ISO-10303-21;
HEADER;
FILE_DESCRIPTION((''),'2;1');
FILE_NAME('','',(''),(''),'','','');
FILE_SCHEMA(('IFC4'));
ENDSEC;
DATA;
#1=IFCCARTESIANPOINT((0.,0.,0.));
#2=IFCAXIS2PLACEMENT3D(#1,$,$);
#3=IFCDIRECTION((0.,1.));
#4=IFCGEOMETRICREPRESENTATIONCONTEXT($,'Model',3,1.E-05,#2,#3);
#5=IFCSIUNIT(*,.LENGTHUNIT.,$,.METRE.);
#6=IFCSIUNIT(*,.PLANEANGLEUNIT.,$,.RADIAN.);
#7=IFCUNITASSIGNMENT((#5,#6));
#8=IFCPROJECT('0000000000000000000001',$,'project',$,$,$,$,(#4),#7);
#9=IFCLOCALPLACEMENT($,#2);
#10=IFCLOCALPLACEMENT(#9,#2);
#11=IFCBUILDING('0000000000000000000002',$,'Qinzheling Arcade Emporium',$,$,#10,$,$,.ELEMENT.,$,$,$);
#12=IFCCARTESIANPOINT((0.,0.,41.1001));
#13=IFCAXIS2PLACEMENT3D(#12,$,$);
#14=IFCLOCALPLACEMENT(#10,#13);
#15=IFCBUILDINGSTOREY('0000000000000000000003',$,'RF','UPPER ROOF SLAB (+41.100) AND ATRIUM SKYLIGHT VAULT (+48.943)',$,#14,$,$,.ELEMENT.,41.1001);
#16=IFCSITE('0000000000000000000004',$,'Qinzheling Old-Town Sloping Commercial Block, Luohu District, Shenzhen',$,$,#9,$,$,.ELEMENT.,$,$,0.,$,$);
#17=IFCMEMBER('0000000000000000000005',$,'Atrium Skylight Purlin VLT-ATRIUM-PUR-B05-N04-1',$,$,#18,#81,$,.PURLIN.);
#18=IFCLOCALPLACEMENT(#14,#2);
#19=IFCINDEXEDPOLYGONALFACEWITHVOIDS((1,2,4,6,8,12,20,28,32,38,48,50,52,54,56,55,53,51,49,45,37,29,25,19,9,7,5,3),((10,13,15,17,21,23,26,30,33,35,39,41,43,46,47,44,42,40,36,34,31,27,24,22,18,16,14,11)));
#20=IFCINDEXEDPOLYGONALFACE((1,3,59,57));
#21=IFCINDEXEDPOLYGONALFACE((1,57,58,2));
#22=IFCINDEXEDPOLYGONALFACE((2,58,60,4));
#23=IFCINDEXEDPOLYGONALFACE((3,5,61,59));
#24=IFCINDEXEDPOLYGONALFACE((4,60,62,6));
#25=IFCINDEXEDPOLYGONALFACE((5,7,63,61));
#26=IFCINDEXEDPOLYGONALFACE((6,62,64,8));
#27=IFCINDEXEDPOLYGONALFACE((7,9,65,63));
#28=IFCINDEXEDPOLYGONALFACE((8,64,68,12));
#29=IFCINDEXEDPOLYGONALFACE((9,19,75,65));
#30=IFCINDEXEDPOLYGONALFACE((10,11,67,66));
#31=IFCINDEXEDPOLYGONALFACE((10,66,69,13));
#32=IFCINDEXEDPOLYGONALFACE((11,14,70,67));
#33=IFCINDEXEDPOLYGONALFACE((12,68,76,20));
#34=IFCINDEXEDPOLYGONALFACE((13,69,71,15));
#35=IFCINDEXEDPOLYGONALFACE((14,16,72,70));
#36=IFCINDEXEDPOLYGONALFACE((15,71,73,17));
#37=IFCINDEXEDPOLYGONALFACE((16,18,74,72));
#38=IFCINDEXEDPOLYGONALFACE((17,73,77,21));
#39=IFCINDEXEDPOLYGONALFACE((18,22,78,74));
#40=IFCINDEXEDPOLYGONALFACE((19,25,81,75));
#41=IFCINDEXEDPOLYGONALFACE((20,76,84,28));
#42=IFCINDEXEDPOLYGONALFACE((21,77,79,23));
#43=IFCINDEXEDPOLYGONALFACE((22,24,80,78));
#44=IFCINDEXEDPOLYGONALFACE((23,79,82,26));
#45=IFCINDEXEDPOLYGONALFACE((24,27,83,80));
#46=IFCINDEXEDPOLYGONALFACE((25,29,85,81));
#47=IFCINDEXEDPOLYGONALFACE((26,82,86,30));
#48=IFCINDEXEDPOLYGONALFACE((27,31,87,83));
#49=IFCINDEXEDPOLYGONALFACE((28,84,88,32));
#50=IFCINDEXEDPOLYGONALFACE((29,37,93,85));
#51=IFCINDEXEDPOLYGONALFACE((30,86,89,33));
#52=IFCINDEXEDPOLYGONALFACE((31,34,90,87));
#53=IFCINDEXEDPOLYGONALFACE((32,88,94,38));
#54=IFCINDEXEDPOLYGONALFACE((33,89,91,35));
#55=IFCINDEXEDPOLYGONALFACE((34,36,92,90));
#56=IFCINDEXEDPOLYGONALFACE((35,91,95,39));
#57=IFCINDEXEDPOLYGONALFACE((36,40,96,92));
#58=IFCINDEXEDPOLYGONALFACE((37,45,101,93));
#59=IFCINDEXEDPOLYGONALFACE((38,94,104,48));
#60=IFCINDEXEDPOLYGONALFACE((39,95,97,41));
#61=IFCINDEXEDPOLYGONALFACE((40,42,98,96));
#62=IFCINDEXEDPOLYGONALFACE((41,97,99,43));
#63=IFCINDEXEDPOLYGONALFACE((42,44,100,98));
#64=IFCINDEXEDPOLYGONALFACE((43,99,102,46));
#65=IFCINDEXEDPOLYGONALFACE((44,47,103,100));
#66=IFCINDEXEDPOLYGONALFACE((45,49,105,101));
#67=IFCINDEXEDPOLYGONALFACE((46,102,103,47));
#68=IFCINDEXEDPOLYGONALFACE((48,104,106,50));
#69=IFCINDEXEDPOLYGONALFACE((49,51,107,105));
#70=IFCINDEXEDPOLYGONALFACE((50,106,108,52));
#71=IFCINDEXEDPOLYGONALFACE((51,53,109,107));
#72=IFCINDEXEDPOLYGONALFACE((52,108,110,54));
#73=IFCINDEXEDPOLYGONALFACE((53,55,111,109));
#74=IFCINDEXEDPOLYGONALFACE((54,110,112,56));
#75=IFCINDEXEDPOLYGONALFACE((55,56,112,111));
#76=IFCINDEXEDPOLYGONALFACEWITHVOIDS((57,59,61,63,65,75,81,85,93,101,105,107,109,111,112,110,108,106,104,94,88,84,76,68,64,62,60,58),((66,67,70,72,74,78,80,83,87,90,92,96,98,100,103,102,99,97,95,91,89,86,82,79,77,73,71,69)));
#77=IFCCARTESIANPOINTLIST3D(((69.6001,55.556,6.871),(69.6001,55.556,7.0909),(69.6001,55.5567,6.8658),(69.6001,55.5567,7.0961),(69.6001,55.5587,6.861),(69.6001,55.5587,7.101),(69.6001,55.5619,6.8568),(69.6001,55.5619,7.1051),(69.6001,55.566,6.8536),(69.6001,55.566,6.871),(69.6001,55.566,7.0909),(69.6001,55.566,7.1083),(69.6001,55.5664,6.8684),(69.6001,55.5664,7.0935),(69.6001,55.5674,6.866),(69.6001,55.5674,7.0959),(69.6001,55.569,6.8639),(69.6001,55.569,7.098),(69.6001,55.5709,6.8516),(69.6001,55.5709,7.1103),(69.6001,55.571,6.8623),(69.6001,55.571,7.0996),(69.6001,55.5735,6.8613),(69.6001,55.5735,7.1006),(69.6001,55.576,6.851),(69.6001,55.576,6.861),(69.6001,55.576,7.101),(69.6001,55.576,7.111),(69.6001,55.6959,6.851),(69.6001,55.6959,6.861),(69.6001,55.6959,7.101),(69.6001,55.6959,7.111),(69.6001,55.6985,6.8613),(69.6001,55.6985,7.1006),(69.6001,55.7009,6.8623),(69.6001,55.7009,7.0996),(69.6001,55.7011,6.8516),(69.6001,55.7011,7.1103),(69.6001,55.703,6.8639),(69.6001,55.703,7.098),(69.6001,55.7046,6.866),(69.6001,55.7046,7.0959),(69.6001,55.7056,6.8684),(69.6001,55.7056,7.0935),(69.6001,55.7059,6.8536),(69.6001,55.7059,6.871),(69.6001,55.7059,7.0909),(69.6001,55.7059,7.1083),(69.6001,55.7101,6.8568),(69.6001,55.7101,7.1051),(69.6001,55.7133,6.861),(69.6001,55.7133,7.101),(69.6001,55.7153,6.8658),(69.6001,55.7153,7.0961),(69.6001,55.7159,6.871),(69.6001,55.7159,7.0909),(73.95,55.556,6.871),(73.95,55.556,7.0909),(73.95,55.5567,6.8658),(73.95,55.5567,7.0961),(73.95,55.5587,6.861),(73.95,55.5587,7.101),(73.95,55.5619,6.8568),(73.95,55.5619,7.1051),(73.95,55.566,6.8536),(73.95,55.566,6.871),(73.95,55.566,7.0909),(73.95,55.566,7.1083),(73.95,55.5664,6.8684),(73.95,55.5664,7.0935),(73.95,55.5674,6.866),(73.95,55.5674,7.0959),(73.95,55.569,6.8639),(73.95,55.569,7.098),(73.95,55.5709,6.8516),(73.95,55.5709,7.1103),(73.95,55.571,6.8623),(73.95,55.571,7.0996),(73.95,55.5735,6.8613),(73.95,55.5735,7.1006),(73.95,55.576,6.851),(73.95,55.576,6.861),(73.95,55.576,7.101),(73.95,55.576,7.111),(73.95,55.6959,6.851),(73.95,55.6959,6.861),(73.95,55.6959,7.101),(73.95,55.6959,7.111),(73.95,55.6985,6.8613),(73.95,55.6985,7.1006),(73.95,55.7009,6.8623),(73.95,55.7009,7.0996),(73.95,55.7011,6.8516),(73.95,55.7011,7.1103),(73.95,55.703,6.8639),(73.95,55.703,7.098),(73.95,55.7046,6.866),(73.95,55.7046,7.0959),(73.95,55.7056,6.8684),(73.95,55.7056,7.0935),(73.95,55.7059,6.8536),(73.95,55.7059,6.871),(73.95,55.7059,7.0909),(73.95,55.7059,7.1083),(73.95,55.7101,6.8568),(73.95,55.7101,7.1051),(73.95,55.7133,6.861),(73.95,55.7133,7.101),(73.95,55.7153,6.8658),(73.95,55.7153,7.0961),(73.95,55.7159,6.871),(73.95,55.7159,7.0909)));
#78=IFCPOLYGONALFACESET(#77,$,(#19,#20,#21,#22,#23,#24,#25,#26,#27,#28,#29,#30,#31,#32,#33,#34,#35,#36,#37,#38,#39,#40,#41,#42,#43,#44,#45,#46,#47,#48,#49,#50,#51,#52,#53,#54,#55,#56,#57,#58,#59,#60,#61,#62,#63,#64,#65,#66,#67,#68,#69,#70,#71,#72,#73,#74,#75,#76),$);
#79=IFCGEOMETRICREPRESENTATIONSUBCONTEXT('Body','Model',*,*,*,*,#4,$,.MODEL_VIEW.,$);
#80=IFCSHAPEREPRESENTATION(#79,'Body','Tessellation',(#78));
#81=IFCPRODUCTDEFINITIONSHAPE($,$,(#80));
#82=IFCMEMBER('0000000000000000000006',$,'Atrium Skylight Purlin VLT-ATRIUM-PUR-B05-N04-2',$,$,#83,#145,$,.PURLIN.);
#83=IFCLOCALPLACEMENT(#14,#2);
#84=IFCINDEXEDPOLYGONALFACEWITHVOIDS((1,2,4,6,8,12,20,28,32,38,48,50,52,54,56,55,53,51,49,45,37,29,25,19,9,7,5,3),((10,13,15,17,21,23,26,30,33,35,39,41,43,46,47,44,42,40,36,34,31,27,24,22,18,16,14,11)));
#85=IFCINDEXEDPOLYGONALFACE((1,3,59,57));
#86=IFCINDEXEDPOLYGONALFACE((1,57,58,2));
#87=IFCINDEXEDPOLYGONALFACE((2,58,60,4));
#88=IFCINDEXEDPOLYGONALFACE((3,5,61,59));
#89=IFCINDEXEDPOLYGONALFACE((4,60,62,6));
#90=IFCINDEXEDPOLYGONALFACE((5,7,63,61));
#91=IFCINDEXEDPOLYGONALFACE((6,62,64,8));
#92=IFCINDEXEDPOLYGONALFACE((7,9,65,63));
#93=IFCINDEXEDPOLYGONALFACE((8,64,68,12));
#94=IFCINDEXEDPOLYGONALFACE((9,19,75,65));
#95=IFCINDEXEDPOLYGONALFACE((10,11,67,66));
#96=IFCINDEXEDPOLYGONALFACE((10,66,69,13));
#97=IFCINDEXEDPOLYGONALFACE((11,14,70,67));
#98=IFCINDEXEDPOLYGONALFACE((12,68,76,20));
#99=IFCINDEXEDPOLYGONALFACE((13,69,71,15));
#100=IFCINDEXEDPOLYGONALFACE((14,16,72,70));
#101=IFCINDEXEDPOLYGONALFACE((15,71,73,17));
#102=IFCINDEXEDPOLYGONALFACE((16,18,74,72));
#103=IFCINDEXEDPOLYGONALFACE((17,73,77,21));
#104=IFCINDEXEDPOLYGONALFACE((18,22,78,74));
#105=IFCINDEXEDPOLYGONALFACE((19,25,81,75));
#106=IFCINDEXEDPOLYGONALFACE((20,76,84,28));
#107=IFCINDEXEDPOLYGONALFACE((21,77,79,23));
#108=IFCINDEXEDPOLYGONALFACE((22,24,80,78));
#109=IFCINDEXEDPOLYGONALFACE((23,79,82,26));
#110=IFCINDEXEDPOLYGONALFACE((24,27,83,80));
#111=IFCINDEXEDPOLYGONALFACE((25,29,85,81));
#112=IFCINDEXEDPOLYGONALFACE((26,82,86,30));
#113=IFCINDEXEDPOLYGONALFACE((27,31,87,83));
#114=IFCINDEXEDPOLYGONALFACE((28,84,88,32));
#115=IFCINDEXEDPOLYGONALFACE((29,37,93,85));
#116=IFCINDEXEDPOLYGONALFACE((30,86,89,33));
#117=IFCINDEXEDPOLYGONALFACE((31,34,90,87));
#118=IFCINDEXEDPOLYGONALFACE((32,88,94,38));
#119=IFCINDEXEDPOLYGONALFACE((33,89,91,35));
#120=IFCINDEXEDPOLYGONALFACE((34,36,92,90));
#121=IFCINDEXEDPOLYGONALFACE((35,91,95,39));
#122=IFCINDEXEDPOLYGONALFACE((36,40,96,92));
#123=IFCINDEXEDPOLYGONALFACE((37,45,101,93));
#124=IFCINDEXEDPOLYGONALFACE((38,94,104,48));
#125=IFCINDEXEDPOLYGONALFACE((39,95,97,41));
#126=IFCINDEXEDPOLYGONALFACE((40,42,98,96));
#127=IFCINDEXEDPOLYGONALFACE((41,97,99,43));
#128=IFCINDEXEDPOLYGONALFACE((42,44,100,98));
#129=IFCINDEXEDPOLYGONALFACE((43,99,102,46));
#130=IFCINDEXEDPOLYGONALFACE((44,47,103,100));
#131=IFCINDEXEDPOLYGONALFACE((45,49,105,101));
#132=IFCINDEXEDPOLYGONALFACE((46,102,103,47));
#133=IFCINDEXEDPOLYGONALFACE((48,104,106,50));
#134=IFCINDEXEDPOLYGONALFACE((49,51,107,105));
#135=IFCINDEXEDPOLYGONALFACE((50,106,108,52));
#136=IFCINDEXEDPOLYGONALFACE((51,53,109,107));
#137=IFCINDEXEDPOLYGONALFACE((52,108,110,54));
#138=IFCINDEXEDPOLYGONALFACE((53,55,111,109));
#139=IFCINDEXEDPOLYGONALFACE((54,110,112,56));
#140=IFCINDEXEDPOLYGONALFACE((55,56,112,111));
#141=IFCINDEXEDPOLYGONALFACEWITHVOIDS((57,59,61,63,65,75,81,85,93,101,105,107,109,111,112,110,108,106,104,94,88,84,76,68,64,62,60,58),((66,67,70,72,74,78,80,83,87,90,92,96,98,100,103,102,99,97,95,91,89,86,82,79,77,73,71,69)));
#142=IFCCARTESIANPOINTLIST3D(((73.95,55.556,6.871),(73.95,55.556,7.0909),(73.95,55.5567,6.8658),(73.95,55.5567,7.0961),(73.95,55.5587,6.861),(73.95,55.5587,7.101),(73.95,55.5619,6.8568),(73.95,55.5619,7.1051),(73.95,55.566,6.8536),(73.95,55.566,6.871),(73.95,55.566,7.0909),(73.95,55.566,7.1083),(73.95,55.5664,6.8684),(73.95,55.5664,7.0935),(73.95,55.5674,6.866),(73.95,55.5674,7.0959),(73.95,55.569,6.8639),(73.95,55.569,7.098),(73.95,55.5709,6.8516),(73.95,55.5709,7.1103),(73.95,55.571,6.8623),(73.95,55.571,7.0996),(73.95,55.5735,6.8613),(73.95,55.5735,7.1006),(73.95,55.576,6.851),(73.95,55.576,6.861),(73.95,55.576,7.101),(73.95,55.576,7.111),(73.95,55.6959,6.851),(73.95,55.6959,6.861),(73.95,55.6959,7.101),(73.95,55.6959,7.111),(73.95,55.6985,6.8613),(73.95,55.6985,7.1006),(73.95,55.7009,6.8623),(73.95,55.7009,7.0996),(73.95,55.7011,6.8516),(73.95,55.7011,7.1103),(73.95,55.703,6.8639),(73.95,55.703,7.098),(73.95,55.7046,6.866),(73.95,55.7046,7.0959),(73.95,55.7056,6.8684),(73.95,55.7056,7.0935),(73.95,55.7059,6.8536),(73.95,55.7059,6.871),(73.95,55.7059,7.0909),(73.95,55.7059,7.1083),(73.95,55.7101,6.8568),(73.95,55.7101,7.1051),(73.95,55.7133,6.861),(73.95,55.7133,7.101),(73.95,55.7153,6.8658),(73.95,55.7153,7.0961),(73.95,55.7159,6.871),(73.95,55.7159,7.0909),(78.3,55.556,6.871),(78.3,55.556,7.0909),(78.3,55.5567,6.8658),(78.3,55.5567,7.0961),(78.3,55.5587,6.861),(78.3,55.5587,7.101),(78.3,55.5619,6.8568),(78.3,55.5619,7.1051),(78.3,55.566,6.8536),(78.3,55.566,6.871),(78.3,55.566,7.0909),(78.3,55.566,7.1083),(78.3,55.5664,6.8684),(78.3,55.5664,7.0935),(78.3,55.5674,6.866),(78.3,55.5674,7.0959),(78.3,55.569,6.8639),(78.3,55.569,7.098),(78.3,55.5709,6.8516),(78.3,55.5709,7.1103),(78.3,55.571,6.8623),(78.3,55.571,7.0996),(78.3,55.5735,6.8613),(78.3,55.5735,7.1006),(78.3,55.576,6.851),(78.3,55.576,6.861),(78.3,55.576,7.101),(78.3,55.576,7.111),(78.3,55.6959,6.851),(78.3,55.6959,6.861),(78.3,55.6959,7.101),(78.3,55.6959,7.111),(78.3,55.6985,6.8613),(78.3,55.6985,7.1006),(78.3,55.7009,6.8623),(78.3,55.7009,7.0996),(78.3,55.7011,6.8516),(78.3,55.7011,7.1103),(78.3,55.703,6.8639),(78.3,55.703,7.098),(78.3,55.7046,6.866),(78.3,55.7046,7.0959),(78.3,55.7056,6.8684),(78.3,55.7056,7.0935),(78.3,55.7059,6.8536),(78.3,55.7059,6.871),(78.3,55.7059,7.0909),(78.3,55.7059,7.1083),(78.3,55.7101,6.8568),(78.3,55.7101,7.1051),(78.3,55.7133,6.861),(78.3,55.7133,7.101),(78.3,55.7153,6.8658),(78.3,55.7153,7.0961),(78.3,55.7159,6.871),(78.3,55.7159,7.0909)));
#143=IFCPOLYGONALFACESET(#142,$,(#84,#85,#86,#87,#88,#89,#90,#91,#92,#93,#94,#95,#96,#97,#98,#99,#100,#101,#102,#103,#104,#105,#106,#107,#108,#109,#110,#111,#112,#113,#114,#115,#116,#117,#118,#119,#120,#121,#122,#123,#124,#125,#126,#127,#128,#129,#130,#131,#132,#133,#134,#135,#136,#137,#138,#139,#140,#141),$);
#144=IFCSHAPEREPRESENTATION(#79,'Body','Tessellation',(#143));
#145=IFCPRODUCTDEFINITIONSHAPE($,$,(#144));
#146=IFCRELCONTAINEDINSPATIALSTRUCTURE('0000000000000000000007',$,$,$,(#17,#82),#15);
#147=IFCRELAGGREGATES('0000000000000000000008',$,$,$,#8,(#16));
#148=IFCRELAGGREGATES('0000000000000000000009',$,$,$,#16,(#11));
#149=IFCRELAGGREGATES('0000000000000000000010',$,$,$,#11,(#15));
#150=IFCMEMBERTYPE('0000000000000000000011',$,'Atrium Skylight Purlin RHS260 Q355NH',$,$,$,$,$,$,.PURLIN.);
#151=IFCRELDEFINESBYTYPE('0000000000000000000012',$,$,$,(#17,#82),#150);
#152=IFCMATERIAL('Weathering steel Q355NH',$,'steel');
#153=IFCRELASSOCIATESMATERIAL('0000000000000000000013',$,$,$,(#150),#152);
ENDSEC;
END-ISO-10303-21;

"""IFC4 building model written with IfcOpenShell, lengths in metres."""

from ifc_helpers import new_model, si_unit, direction, frame, origin, origin_2d, place, context, subcontext, project, spatial, hollow_rectangle, extrude, material, material_profile, profile_set, type_object, element, save


model = new_model("IFC4")

# Units and contexts
model_context = context("Model", 3, precision=1e-05, world=origin(), true_north=direction((0.0, 1.0)))
body_context = subcontext(model_context, "Body", "Model", "MODEL_VIEW")
ifc_project = project(units=[si_unit("LENGTHUNIT", "METRE"), si_unit("PLANEANGLEUNIT", "RADIAN")], contexts=[model_context])

# Site, building, storey
site_placement = place(None, origin())
site = spatial("IfcSite", under=ifc_project, at=site_placement, Name="Qinzheling Old-Town Sloping Commercial Block, Luohu District, Shenzhen", CompositionType="ELEMENT", RefElevation=0.0)
building_placement = place(site_placement, origin())
building = spatial("IfcBuilding", under=site, at=building_placement, Name="Qinzheling Arcade Emporium", CompositionType="ELEMENT")
storey_placement = place(building_placement, frame((0.0, 0.0, 41.1001)))
storey = spatial("IfcBuildingStorey", under=building, at=storey_placement, Name="RF", Description="UPPER ROOF SLAB (+41.100) AND ATRIUM SKYLIGHT VAULT (+48.943)", CompositionType="ELEMENT", Elevation=41.1001)

# Shared definitions
ifc_material_1 = material(Name="Weathering steel Q355NH", Category="steel")

# Members
ifc_material_profile_1 = material_profile(ifc_material_1, hollow_rectangle(XDim=0.1599, YDim=0.26, WallThickness=0.01, InnerFilletRadius=0.01, OuterFilletRadius=0.02, at=origin_2d()), Name="RHS 260x160x10", Category="steel")
ifc_profile_set_1 = profile_set([ifc_material_profile_1], Name="Weathering steel Q355NH")
member_type_1 = type_object("IfcMemberType", Name="Atrium Skylight Purlin RHS260 Q355NH", PredefinedType="PURLIN", material=ifc_profile_set_1)
member_1_placement = place(storey_placement, frame((69.6001, 55.636, 6.981), z_axis=(1.0, 0.0, 0.0), x_axis=(0.0, 1.0, 0.0)))
element("IfcMember", 1, at=member_1_placement, inside=storey, type_object=member_type_1, Name="Atrium Skylight Purlin VLT-ATRIUM-PUR-B05-N04-1", PredefinedType="PURLIN", context=body_context, shape_type="SweptSolid", body=[
    extrude(hollow_rectangle(XDim=0.1599, YDim=0.26, WallThickness=0.01, InnerFilletRadius=0.01, OuterFilletRadius=0.02, at=origin_2d()), origin(), (0.0, 0.0, 1.0), 4.3499),
])
member_2_placement = place(storey_placement, frame((73.95, 55.636, 6.981), z_axis=(1.0, 0.0, 0.0), x_axis=(0.0, 1.0, 0.0)))
element("IfcMember", 2, at=member_2_placement, inside=storey, type_object=member_type_1, Name="Atrium Skylight Purlin VLT-ATRIUM-PUR-B05-N04-2", PredefinedType="PURLIN", context=body_context, shape_type="SweptSolid", body=[
    extrude(hollow_rectangle(XDim=0.1599, YDim=0.26, WallThickness=0.01, InnerFilletRadius=0.01, OuterFilletRadius=0.02, at=origin_2d()), origin(), (0.0, 0.0, 1.0), 4.3501),
])

save(model, "model.ifc")
